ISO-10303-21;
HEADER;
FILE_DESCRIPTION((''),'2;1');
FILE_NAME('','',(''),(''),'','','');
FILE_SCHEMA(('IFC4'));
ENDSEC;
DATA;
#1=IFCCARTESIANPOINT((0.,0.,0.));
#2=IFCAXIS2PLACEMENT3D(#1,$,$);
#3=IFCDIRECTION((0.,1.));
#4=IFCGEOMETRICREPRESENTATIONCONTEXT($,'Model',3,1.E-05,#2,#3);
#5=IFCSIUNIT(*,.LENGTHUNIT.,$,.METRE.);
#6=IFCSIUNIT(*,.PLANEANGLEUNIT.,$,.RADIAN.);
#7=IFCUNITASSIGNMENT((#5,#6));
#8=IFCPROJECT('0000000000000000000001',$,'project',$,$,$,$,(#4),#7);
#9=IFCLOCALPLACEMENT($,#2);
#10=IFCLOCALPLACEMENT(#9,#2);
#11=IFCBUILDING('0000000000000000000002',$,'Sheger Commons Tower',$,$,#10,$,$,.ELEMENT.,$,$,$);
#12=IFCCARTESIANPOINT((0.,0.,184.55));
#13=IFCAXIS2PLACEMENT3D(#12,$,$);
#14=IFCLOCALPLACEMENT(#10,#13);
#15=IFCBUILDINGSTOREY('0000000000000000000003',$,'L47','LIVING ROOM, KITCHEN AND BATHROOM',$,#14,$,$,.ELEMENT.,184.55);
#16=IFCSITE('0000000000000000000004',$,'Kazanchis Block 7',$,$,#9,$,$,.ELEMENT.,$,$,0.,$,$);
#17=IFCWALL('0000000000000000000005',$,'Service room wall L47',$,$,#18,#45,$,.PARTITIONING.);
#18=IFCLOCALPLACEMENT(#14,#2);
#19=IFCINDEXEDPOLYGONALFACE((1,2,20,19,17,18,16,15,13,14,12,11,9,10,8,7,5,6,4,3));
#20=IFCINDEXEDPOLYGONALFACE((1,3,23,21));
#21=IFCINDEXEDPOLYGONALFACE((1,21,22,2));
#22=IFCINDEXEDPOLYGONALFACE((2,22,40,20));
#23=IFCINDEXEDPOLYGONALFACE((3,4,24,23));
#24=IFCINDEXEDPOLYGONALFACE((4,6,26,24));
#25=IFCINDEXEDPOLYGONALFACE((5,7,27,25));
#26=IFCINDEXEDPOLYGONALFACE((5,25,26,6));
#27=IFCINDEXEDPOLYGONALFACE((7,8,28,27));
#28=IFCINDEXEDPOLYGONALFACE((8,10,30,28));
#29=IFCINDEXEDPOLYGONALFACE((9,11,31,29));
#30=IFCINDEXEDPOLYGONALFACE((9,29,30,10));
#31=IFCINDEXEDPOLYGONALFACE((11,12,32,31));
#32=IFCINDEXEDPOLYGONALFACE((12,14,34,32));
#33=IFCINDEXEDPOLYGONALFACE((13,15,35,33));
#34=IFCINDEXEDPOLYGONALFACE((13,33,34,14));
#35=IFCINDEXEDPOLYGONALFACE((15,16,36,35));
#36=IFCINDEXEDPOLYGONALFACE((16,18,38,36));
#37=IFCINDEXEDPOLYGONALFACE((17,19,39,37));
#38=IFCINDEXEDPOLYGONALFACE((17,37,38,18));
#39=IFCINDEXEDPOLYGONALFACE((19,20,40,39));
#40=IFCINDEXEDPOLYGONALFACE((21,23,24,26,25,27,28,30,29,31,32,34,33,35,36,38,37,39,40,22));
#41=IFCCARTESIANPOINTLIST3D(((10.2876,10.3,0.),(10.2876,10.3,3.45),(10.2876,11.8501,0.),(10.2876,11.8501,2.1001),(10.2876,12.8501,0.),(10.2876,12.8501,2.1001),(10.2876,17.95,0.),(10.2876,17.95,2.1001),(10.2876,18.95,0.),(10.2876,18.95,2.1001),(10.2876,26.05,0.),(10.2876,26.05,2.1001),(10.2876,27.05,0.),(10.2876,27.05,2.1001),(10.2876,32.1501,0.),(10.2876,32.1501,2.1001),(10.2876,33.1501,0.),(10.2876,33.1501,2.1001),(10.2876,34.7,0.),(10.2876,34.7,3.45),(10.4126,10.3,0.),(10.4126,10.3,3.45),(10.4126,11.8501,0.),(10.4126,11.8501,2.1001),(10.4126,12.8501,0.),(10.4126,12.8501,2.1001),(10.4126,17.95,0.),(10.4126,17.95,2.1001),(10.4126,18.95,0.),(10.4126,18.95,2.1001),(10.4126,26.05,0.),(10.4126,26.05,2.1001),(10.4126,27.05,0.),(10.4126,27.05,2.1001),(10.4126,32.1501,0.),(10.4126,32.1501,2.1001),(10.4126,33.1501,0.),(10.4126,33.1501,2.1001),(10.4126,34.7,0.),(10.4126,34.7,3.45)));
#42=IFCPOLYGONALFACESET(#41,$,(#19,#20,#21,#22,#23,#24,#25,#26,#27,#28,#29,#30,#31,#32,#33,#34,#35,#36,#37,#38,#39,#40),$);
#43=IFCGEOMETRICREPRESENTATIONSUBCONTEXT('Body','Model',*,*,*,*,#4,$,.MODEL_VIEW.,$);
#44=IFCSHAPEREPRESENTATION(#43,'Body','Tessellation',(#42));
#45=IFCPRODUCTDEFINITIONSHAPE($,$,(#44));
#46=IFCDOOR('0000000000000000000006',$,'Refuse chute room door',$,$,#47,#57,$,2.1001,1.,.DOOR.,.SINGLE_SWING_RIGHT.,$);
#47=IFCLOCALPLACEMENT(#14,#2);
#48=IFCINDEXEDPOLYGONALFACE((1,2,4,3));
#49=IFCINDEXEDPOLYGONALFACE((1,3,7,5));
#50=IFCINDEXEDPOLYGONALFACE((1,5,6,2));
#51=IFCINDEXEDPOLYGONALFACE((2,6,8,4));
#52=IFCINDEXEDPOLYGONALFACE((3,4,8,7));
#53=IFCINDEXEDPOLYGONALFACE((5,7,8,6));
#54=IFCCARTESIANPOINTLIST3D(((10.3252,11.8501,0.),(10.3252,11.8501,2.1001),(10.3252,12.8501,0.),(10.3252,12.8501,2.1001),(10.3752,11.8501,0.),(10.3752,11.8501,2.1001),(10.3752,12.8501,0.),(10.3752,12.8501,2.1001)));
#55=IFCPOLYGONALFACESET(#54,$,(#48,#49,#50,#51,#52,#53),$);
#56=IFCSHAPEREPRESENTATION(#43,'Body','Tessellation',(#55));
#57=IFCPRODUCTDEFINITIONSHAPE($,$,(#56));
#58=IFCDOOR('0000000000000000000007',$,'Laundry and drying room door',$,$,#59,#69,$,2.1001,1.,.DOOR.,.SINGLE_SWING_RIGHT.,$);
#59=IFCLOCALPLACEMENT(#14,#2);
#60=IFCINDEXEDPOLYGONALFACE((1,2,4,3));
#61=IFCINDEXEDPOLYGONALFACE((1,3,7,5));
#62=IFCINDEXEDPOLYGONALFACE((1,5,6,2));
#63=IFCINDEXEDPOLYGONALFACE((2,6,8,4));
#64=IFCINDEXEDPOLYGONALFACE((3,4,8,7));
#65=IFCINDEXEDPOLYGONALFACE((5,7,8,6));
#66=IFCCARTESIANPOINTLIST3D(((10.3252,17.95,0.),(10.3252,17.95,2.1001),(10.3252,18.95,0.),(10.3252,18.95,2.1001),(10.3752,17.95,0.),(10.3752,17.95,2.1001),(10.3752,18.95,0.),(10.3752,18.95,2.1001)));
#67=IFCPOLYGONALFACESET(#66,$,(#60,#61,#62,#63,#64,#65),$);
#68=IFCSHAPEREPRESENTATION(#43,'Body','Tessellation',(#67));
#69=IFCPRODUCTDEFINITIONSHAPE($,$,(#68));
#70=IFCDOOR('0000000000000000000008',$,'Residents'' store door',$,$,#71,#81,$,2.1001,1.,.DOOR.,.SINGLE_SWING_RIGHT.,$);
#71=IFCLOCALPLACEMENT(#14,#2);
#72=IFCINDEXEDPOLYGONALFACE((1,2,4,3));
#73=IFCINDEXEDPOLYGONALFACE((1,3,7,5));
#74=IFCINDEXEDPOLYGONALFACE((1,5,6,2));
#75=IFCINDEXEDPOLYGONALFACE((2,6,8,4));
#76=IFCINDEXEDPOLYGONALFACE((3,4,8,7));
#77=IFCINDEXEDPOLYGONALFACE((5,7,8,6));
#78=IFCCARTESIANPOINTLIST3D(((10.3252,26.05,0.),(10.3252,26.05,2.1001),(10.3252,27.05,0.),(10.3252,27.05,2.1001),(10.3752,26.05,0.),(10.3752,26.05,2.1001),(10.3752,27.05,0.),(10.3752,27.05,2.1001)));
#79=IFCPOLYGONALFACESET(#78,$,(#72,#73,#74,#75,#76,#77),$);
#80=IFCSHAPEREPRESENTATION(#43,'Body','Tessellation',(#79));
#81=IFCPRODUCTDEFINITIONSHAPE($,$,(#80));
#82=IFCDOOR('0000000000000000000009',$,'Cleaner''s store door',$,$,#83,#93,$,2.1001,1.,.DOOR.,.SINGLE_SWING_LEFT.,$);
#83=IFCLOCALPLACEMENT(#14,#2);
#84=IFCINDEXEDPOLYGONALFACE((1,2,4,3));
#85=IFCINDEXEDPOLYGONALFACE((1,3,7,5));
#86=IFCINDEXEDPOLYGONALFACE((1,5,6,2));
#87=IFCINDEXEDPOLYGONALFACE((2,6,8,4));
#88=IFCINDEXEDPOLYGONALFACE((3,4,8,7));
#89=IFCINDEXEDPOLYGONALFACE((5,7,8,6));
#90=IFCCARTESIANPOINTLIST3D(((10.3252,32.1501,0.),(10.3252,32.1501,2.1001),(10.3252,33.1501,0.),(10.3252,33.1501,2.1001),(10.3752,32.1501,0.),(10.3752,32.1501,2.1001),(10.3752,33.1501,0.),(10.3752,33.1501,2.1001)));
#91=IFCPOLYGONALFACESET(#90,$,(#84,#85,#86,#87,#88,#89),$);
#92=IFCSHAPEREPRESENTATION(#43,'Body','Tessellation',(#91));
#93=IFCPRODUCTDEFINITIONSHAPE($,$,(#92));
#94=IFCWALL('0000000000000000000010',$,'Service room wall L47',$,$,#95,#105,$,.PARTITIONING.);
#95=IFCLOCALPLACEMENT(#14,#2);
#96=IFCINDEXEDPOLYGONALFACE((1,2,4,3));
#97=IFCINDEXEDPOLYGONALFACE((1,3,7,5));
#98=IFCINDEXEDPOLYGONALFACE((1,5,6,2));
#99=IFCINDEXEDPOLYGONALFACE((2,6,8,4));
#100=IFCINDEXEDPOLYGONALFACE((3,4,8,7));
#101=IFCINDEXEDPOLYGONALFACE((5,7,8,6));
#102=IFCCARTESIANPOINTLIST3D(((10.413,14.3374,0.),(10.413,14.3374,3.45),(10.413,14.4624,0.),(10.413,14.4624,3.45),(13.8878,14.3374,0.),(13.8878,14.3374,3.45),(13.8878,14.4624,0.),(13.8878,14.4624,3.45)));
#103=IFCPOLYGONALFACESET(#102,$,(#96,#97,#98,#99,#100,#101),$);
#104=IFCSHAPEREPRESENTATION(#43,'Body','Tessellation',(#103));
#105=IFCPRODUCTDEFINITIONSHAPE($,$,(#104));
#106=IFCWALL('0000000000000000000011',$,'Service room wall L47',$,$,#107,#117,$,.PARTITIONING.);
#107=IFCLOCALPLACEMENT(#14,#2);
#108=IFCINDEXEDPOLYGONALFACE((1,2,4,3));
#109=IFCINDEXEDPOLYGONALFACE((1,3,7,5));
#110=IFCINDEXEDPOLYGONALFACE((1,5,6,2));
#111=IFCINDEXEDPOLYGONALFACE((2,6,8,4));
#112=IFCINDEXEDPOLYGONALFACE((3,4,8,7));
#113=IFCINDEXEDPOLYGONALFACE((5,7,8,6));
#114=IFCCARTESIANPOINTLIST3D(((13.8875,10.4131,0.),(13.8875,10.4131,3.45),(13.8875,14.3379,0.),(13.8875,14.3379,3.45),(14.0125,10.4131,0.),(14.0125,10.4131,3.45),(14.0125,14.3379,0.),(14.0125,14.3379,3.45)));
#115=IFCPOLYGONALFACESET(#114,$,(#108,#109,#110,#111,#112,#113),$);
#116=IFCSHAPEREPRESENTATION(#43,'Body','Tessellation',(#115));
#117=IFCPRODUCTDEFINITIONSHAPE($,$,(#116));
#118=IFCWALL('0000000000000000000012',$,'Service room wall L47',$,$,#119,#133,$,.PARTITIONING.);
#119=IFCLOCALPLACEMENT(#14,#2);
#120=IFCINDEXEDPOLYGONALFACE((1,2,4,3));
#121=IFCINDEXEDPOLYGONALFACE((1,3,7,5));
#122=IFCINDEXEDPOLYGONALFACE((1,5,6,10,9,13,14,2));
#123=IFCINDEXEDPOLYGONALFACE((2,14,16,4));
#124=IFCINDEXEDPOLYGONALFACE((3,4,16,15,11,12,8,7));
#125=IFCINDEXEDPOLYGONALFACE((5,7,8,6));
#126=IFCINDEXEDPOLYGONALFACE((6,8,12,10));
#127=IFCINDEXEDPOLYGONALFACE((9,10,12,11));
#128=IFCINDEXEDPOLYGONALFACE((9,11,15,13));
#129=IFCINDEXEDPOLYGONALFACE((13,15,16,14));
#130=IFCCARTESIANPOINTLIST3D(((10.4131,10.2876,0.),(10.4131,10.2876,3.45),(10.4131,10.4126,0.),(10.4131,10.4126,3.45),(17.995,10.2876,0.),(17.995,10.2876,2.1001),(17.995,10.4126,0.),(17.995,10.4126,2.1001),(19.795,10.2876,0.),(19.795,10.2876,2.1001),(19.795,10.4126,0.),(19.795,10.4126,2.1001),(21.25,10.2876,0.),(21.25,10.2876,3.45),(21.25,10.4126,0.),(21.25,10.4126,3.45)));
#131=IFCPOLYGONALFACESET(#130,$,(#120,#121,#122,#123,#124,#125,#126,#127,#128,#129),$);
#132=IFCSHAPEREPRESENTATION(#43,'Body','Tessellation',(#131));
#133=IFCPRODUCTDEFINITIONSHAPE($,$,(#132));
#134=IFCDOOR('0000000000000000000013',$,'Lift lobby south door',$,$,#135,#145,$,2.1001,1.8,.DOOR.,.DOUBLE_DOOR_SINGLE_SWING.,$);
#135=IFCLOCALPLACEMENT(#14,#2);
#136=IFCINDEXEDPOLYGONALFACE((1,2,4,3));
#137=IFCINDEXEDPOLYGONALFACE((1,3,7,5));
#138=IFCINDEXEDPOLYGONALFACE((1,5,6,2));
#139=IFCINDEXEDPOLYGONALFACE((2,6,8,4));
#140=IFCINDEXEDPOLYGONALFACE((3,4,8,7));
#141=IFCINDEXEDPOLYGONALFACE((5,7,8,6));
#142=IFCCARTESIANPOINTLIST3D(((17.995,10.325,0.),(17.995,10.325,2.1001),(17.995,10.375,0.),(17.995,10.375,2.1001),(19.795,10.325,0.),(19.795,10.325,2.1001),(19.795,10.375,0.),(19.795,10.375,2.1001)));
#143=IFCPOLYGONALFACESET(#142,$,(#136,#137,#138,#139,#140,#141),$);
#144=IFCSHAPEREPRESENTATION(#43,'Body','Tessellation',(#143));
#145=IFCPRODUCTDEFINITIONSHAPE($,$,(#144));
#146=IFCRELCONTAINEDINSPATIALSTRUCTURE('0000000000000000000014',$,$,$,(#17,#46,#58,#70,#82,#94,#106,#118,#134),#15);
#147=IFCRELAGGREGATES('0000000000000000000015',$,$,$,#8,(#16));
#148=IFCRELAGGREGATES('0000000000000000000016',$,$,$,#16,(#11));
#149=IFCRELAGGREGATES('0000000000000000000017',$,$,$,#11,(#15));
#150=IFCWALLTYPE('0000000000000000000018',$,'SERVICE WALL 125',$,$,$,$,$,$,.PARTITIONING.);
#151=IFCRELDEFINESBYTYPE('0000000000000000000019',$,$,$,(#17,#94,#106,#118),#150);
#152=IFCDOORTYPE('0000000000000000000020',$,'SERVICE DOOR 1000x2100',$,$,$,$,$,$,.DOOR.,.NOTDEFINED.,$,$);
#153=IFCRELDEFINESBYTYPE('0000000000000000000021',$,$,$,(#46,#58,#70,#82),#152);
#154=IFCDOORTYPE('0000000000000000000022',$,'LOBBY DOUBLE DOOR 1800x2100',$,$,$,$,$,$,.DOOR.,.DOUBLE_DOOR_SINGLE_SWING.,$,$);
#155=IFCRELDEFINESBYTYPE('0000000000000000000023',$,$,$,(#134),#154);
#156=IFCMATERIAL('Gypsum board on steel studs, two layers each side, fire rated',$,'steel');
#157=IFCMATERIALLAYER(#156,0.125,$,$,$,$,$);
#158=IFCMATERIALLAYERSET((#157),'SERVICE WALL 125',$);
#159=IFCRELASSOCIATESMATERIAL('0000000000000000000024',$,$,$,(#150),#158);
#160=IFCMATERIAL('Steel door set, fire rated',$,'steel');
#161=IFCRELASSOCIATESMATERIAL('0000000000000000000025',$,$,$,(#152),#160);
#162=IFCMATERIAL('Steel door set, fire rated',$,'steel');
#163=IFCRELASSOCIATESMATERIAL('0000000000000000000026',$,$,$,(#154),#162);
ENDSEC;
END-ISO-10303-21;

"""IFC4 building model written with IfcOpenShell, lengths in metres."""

from ifc_helpers import new_model, si_unit, direction, frame, frame_2d, origin, place, context, subcontext, project, spatial, rectangle, extrude, material, layer, layer_set, type_object, element, fill, save


model = new_model("IFC4")

# Units and contexts
model_context = context("Model", 3, precision=1e-05, world=origin(), true_north=direction((0.0, 1.0)))
body_context = subcontext(model_context, "Body", "Model", "MODEL_VIEW")
ifc_project = project(units=[si_unit("LENGTHUNIT", "METRE"), si_unit("PLANEANGLEUNIT", "RADIAN")], contexts=[model_context])

# Site, building, storey
site_placement = place(None, origin())
site = spatial("IfcSite", under=ifc_project, at=site_placement, Name="Kazanchis Block 7", CompositionType="ELEMENT", RefElevation=0.0)
building_placement = place(site_placement, origin())
building = spatial("IfcBuilding", under=site, at=building_placement, Name="Sheger Commons Tower", CompositionType="ELEMENT")
storey_placement = place(building_placement, frame((0.0, 0.0, 184.55)))
storey = spatial("IfcBuildingStorey", under=building, at=storey_placement, Name="L47", Description="LIVING ROOM, KITCHEN AND BATHROOM", CompositionType="ELEMENT", Elevation=184.55)

# Wall, openings, doors
ifc_material_1 = material(Name="Gypsum board on steel studs, two layers each side, fire rated", Category="steel")
ifc_layer_1 = layer(ifc_material_1, 0.125)
ifc_layer_set_1 = layer_set([ifc_layer_1], Name="SERVICE WALL 125")
wall_type_1 = type_object("IfcWallType", Name="SERVICE WALL 125", PredefinedType="PARTITIONING", material=ifc_layer_set_1)
wall_1_placement = place(storey_placement, frame((10.3501, 10.3, 0.0), z_axis=(0.0, 0.0, 1.0), x_axis=(0.0, 1.0, 0.0)))
wall_1 = element("IfcWall", 1, at=wall_1_placement, inside=storey, type_object=wall_type_1, Name="Service room wall L47", PredefinedType="PARTITIONING", context=body_context, shape_type="SweptSolid", body=[
    extrude(rectangle(XDim=24.3999, YDim=0.125, at=frame_2d((12.2, 0.0))), origin(), (0.0, 0.0, 1.0), 3.45),
])
opening_1_placement = place(wall_1_placement, frame((1.55, 0.0, 0.0)))
opening_1 = element("IfcOpeningElement", 2, at=opening_1_placement, cuts=wall_1, PredefinedType="OPENING", context=body_context, shape_type="SweptSolid", body=[
    extrude(rectangle(XDim=1.0, YDim=2.1001, at=frame_2d((0.5, 1.05))), frame((0.0, 0.0725, 0.0), z_axis=(0.0, -1.0, 0.0), x_axis=(1.0, 0.0, 0.0)), (0.0, 0.0, 1.0), 0.145),
])
opening_2_placement = place(wall_1_placement, frame((7.6499, 0.0, 0.0)))
opening_2 = element("IfcOpeningElement", 3, at=opening_2_placement, cuts=wall_1, PredefinedType="OPENING", context=body_context, shape_type="SweptSolid", body=[
    extrude(rectangle(XDim=1.0, YDim=2.1001, at=frame_2d((0.5, 1.05))), frame((0.0, 0.0725, 0.0), z_axis=(0.0, -1.0, 0.0), x_axis=(1.0, 0.0, 0.0)), (0.0, 0.0, 1.0), 0.145),
])
opening_3_placement = place(wall_1_placement, frame((15.75, 0.0, 0.0)))
opening_3 = element("IfcOpeningElement", 4, at=opening_3_placement, cuts=wall_1, PredefinedType="OPENING", context=body_context, shape_type="SweptSolid", body=[
    extrude(rectangle(XDim=1.0, YDim=2.1001, at=frame_2d((0.5, 1.05))), frame((0.0, 0.0725, 0.0), z_axis=(0.0, -1.0, 0.0), x_axis=(1.0, 0.0, 0.0)), (0.0, 0.0, 1.0), 0.145),
])
opening_4_placement = place(wall_1_placement, frame((21.8501, 0.0, 0.0)))
opening_4 = element("IfcOpeningElement", 5, at=opening_4_placement, cuts=wall_1, PredefinedType="OPENING", context=body_context, shape_type="SweptSolid", body=[
    extrude(rectangle(XDim=1.0, YDim=2.1001, at=frame_2d((0.5, 1.05))), frame((0.0, 0.0725, 0.0), z_axis=(0.0, -1.0, 0.0), x_axis=(1.0, 0.0, 0.0)), (0.0, 0.0, 1.0), 0.145),
])
ifc_material_2 = material(Name="Steel door set, fire rated", Category="steel")
door_type_1 = type_object("IfcDoorType", Name="SERVICE DOOR 1000x2100", OperationType="NOTDEFINED", PredefinedType="DOOR", material=ifc_material_2)
door_1_placement = place(opening_1_placement, origin())
door_1 = element("IfcDoor", 6, at=door_1_placement, inside=storey, type_object=door_type_1, Name="Refuse chute room door", OperationType="SINGLE_SWING_RIGHT", OverallHeight=2.1001, OverallWidth=1.0, PredefinedType="DOOR", context=body_context, shape_type="SweptSolid", body=[
    extrude(rectangle(XDim=1.0, YDim=2.1001, at=frame_2d((0.5, 1.05))), frame((0.0, 0.0249, 0.0), z_axis=(0.0, -1.0, 0.0), x_axis=(1.0, 0.0, 0.0)), (0.0, 0.0, 1.0), 0.05),
])
fill(opening_1, door_1)
door_2_placement = place(opening_2_placement, origin())
door_2 = element("IfcDoor", 7, at=door_2_placement, inside=storey, type_object=door_type_1, Name="Laundry and drying room door", OperationType="SINGLE_SWING_RIGHT", OverallHeight=2.1001, OverallWidth=1.0, PredefinedType="DOOR", context=body_context, shape_type="SweptSolid", body=[
    extrude(rectangle(XDim=1.0, YDim=2.1001, at=frame_2d((0.5, 1.05))), frame((0.0, 0.0249, 0.0), z_axis=(0.0, -1.0, 0.0), x_axis=(1.0, 0.0, 0.0)), (0.0, 0.0, 1.0), 0.05),
])
fill(opening_2, door_2)
door_3_placement = place(opening_3_placement, origin())
door_3 = element("IfcDoor", 8, at=door_3_placement, inside=storey, type_object=door_type_1, Name="Residents' store door", OperationType="SINGLE_SWING_RIGHT", OverallHeight=2.1001, OverallWidth=1.0, PredefinedType="DOOR", context=body_context, shape_type="SweptSolid", body=[
    extrude(rectangle(XDim=1.0, YDim=2.1001, at=frame_2d((0.5, 1.05))), frame((0.0, 0.0249, 0.0), z_axis=(0.0, -1.0, 0.0), x_axis=(1.0, 0.0, 0.0)), (0.0, 0.0, 1.0), 0.05),
])
fill(opening_3, door_3)
door_4_placement = place(opening_4_placement, origin())
door_4 = element("IfcDoor", 9, at=door_4_placement, inside=storey, type_object=door_type_1, Name="Cleaner's store door", OperationType="SINGLE_SWING_LEFT", OverallHeight=2.1001, OverallWidth=1.0, PredefinedType="DOOR", context=body_context, shape_type="SweptSolid", body=[
    extrude(rectangle(XDim=1.0, YDim=2.1001, at=frame_2d((0.5, 1.05))), frame((0.0, 0.0249, 0.0), z_axis=(0.0, -1.0, 0.0), x_axis=(1.0, 0.0, 0.0)), (0.0, 0.0, 1.0), 0.05),
])
fill(opening_4, door_4)

# Walls
wall_2_placement = place(storey_placement, frame((10.4131, 14.3999, 0.0), z_axis=(0.0, 0.0, 1.0), x_axis=(1.0, 0.0, 0.0)))
element("IfcWall", 10, at=wall_2_placement, inside=storey, type_object=wall_type_1, Name="Service room wall L47", PredefinedType="PARTITIONING", context=body_context, shape_type="SweptSolid", body=[
    extrude(rectangle(XDim=3.4749, YDim=0.125, at=frame_2d((1.7373, 0.0))), origin(), (0.0, 0.0, 1.0), 3.45),
])
wall_3_placement = place(storey_placement, frame((13.95, 10.4131, 0.0), z_axis=(0.0, 0.0, 1.0), x_axis=(0.0, 1.0, 0.0)))
element("IfcWall", 11, at=wall_3_placement, inside=storey, type_object=wall_type_1, Name="Service room wall L47", PredefinedType="PARTITIONING", context=body_context, shape_type="SweptSolid", body=[
    extrude(rectangle(XDim=3.9248, YDim=0.125, at=frame_2d((1.9624, 0.0))), origin(), (0.0, 0.0, 1.0), 3.45),
])

# Wall, opening, door
wall_4_placement = place(storey_placement, frame((10.4131, 10.3501, 0.0), z_axis=(0.0, 0.0, 1.0), x_axis=(1.0, 0.0, 0.0)))
wall_4 = element("IfcWall", 12, at=wall_4_placement, inside=storey, type_object=wall_type_1, Name="Service room wall L47", PredefinedType="PARTITIONING", context=body_context, shape_type="SweptSolid", body=[
    extrude(rectangle(XDim=10.8369, YDim=0.125, at=frame_2d((5.4185, 0.0))), origin(), (0.0, 0.0, 1.0), 3.45),
])
opening_5_placement = place(wall_4_placement, frame((7.582, 0.0, 0.0)))
opening_5 = element("IfcOpeningElement", 13, at=opening_5_placement, cuts=wall_4, PredefinedType="OPENING", context=body_context, shape_type="SweptSolid", body=[
    extrude(rectangle(XDim=1.8, YDim=2.1001, at=frame_2d((0.8999, 1.05))), frame((0.0, 0.0725, 0.0), z_axis=(0.0, -1.0, 0.0), x_axis=(1.0, 0.0, 0.0)), (0.0, 0.0, 1.0), 0.145),
])
ifc_material_3 = material(Name="Steel door set, fire rated", Category="steel")
door_type_2 = type_object("IfcDoorType", Name="LOBBY DOUBLE DOOR 1800x2100", OperationType="DOUBLE_DOOR_SINGLE_SWING", PredefinedType="DOOR", material=ifc_material_3)
door_5_placement = place(opening_5_placement, origin())
door_5 = element("IfcDoor", 14, at=door_5_placement, inside=storey, type_object=door_type_2, Name="Lift lobby south door", OperationType="DOUBLE_DOOR_SINGLE_SWING", OverallHeight=2.1001, OverallWidth=1.8, PredefinedType="DOOR", context=body_context, shape_type="SweptSolid", body=[
    extrude(rectangle(XDim=1.8, YDim=2.1001, at=frame_2d((0.8999, 1.05))), frame((0.0, 0.0249, 0.0), z_axis=(0.0, -1.0, 0.0), x_axis=(1.0, 0.0, 0.0)), (0.0, 0.0, 1.0), 0.05),
])
fill(opening_5, door_5)

save(model, "model.ifc")
